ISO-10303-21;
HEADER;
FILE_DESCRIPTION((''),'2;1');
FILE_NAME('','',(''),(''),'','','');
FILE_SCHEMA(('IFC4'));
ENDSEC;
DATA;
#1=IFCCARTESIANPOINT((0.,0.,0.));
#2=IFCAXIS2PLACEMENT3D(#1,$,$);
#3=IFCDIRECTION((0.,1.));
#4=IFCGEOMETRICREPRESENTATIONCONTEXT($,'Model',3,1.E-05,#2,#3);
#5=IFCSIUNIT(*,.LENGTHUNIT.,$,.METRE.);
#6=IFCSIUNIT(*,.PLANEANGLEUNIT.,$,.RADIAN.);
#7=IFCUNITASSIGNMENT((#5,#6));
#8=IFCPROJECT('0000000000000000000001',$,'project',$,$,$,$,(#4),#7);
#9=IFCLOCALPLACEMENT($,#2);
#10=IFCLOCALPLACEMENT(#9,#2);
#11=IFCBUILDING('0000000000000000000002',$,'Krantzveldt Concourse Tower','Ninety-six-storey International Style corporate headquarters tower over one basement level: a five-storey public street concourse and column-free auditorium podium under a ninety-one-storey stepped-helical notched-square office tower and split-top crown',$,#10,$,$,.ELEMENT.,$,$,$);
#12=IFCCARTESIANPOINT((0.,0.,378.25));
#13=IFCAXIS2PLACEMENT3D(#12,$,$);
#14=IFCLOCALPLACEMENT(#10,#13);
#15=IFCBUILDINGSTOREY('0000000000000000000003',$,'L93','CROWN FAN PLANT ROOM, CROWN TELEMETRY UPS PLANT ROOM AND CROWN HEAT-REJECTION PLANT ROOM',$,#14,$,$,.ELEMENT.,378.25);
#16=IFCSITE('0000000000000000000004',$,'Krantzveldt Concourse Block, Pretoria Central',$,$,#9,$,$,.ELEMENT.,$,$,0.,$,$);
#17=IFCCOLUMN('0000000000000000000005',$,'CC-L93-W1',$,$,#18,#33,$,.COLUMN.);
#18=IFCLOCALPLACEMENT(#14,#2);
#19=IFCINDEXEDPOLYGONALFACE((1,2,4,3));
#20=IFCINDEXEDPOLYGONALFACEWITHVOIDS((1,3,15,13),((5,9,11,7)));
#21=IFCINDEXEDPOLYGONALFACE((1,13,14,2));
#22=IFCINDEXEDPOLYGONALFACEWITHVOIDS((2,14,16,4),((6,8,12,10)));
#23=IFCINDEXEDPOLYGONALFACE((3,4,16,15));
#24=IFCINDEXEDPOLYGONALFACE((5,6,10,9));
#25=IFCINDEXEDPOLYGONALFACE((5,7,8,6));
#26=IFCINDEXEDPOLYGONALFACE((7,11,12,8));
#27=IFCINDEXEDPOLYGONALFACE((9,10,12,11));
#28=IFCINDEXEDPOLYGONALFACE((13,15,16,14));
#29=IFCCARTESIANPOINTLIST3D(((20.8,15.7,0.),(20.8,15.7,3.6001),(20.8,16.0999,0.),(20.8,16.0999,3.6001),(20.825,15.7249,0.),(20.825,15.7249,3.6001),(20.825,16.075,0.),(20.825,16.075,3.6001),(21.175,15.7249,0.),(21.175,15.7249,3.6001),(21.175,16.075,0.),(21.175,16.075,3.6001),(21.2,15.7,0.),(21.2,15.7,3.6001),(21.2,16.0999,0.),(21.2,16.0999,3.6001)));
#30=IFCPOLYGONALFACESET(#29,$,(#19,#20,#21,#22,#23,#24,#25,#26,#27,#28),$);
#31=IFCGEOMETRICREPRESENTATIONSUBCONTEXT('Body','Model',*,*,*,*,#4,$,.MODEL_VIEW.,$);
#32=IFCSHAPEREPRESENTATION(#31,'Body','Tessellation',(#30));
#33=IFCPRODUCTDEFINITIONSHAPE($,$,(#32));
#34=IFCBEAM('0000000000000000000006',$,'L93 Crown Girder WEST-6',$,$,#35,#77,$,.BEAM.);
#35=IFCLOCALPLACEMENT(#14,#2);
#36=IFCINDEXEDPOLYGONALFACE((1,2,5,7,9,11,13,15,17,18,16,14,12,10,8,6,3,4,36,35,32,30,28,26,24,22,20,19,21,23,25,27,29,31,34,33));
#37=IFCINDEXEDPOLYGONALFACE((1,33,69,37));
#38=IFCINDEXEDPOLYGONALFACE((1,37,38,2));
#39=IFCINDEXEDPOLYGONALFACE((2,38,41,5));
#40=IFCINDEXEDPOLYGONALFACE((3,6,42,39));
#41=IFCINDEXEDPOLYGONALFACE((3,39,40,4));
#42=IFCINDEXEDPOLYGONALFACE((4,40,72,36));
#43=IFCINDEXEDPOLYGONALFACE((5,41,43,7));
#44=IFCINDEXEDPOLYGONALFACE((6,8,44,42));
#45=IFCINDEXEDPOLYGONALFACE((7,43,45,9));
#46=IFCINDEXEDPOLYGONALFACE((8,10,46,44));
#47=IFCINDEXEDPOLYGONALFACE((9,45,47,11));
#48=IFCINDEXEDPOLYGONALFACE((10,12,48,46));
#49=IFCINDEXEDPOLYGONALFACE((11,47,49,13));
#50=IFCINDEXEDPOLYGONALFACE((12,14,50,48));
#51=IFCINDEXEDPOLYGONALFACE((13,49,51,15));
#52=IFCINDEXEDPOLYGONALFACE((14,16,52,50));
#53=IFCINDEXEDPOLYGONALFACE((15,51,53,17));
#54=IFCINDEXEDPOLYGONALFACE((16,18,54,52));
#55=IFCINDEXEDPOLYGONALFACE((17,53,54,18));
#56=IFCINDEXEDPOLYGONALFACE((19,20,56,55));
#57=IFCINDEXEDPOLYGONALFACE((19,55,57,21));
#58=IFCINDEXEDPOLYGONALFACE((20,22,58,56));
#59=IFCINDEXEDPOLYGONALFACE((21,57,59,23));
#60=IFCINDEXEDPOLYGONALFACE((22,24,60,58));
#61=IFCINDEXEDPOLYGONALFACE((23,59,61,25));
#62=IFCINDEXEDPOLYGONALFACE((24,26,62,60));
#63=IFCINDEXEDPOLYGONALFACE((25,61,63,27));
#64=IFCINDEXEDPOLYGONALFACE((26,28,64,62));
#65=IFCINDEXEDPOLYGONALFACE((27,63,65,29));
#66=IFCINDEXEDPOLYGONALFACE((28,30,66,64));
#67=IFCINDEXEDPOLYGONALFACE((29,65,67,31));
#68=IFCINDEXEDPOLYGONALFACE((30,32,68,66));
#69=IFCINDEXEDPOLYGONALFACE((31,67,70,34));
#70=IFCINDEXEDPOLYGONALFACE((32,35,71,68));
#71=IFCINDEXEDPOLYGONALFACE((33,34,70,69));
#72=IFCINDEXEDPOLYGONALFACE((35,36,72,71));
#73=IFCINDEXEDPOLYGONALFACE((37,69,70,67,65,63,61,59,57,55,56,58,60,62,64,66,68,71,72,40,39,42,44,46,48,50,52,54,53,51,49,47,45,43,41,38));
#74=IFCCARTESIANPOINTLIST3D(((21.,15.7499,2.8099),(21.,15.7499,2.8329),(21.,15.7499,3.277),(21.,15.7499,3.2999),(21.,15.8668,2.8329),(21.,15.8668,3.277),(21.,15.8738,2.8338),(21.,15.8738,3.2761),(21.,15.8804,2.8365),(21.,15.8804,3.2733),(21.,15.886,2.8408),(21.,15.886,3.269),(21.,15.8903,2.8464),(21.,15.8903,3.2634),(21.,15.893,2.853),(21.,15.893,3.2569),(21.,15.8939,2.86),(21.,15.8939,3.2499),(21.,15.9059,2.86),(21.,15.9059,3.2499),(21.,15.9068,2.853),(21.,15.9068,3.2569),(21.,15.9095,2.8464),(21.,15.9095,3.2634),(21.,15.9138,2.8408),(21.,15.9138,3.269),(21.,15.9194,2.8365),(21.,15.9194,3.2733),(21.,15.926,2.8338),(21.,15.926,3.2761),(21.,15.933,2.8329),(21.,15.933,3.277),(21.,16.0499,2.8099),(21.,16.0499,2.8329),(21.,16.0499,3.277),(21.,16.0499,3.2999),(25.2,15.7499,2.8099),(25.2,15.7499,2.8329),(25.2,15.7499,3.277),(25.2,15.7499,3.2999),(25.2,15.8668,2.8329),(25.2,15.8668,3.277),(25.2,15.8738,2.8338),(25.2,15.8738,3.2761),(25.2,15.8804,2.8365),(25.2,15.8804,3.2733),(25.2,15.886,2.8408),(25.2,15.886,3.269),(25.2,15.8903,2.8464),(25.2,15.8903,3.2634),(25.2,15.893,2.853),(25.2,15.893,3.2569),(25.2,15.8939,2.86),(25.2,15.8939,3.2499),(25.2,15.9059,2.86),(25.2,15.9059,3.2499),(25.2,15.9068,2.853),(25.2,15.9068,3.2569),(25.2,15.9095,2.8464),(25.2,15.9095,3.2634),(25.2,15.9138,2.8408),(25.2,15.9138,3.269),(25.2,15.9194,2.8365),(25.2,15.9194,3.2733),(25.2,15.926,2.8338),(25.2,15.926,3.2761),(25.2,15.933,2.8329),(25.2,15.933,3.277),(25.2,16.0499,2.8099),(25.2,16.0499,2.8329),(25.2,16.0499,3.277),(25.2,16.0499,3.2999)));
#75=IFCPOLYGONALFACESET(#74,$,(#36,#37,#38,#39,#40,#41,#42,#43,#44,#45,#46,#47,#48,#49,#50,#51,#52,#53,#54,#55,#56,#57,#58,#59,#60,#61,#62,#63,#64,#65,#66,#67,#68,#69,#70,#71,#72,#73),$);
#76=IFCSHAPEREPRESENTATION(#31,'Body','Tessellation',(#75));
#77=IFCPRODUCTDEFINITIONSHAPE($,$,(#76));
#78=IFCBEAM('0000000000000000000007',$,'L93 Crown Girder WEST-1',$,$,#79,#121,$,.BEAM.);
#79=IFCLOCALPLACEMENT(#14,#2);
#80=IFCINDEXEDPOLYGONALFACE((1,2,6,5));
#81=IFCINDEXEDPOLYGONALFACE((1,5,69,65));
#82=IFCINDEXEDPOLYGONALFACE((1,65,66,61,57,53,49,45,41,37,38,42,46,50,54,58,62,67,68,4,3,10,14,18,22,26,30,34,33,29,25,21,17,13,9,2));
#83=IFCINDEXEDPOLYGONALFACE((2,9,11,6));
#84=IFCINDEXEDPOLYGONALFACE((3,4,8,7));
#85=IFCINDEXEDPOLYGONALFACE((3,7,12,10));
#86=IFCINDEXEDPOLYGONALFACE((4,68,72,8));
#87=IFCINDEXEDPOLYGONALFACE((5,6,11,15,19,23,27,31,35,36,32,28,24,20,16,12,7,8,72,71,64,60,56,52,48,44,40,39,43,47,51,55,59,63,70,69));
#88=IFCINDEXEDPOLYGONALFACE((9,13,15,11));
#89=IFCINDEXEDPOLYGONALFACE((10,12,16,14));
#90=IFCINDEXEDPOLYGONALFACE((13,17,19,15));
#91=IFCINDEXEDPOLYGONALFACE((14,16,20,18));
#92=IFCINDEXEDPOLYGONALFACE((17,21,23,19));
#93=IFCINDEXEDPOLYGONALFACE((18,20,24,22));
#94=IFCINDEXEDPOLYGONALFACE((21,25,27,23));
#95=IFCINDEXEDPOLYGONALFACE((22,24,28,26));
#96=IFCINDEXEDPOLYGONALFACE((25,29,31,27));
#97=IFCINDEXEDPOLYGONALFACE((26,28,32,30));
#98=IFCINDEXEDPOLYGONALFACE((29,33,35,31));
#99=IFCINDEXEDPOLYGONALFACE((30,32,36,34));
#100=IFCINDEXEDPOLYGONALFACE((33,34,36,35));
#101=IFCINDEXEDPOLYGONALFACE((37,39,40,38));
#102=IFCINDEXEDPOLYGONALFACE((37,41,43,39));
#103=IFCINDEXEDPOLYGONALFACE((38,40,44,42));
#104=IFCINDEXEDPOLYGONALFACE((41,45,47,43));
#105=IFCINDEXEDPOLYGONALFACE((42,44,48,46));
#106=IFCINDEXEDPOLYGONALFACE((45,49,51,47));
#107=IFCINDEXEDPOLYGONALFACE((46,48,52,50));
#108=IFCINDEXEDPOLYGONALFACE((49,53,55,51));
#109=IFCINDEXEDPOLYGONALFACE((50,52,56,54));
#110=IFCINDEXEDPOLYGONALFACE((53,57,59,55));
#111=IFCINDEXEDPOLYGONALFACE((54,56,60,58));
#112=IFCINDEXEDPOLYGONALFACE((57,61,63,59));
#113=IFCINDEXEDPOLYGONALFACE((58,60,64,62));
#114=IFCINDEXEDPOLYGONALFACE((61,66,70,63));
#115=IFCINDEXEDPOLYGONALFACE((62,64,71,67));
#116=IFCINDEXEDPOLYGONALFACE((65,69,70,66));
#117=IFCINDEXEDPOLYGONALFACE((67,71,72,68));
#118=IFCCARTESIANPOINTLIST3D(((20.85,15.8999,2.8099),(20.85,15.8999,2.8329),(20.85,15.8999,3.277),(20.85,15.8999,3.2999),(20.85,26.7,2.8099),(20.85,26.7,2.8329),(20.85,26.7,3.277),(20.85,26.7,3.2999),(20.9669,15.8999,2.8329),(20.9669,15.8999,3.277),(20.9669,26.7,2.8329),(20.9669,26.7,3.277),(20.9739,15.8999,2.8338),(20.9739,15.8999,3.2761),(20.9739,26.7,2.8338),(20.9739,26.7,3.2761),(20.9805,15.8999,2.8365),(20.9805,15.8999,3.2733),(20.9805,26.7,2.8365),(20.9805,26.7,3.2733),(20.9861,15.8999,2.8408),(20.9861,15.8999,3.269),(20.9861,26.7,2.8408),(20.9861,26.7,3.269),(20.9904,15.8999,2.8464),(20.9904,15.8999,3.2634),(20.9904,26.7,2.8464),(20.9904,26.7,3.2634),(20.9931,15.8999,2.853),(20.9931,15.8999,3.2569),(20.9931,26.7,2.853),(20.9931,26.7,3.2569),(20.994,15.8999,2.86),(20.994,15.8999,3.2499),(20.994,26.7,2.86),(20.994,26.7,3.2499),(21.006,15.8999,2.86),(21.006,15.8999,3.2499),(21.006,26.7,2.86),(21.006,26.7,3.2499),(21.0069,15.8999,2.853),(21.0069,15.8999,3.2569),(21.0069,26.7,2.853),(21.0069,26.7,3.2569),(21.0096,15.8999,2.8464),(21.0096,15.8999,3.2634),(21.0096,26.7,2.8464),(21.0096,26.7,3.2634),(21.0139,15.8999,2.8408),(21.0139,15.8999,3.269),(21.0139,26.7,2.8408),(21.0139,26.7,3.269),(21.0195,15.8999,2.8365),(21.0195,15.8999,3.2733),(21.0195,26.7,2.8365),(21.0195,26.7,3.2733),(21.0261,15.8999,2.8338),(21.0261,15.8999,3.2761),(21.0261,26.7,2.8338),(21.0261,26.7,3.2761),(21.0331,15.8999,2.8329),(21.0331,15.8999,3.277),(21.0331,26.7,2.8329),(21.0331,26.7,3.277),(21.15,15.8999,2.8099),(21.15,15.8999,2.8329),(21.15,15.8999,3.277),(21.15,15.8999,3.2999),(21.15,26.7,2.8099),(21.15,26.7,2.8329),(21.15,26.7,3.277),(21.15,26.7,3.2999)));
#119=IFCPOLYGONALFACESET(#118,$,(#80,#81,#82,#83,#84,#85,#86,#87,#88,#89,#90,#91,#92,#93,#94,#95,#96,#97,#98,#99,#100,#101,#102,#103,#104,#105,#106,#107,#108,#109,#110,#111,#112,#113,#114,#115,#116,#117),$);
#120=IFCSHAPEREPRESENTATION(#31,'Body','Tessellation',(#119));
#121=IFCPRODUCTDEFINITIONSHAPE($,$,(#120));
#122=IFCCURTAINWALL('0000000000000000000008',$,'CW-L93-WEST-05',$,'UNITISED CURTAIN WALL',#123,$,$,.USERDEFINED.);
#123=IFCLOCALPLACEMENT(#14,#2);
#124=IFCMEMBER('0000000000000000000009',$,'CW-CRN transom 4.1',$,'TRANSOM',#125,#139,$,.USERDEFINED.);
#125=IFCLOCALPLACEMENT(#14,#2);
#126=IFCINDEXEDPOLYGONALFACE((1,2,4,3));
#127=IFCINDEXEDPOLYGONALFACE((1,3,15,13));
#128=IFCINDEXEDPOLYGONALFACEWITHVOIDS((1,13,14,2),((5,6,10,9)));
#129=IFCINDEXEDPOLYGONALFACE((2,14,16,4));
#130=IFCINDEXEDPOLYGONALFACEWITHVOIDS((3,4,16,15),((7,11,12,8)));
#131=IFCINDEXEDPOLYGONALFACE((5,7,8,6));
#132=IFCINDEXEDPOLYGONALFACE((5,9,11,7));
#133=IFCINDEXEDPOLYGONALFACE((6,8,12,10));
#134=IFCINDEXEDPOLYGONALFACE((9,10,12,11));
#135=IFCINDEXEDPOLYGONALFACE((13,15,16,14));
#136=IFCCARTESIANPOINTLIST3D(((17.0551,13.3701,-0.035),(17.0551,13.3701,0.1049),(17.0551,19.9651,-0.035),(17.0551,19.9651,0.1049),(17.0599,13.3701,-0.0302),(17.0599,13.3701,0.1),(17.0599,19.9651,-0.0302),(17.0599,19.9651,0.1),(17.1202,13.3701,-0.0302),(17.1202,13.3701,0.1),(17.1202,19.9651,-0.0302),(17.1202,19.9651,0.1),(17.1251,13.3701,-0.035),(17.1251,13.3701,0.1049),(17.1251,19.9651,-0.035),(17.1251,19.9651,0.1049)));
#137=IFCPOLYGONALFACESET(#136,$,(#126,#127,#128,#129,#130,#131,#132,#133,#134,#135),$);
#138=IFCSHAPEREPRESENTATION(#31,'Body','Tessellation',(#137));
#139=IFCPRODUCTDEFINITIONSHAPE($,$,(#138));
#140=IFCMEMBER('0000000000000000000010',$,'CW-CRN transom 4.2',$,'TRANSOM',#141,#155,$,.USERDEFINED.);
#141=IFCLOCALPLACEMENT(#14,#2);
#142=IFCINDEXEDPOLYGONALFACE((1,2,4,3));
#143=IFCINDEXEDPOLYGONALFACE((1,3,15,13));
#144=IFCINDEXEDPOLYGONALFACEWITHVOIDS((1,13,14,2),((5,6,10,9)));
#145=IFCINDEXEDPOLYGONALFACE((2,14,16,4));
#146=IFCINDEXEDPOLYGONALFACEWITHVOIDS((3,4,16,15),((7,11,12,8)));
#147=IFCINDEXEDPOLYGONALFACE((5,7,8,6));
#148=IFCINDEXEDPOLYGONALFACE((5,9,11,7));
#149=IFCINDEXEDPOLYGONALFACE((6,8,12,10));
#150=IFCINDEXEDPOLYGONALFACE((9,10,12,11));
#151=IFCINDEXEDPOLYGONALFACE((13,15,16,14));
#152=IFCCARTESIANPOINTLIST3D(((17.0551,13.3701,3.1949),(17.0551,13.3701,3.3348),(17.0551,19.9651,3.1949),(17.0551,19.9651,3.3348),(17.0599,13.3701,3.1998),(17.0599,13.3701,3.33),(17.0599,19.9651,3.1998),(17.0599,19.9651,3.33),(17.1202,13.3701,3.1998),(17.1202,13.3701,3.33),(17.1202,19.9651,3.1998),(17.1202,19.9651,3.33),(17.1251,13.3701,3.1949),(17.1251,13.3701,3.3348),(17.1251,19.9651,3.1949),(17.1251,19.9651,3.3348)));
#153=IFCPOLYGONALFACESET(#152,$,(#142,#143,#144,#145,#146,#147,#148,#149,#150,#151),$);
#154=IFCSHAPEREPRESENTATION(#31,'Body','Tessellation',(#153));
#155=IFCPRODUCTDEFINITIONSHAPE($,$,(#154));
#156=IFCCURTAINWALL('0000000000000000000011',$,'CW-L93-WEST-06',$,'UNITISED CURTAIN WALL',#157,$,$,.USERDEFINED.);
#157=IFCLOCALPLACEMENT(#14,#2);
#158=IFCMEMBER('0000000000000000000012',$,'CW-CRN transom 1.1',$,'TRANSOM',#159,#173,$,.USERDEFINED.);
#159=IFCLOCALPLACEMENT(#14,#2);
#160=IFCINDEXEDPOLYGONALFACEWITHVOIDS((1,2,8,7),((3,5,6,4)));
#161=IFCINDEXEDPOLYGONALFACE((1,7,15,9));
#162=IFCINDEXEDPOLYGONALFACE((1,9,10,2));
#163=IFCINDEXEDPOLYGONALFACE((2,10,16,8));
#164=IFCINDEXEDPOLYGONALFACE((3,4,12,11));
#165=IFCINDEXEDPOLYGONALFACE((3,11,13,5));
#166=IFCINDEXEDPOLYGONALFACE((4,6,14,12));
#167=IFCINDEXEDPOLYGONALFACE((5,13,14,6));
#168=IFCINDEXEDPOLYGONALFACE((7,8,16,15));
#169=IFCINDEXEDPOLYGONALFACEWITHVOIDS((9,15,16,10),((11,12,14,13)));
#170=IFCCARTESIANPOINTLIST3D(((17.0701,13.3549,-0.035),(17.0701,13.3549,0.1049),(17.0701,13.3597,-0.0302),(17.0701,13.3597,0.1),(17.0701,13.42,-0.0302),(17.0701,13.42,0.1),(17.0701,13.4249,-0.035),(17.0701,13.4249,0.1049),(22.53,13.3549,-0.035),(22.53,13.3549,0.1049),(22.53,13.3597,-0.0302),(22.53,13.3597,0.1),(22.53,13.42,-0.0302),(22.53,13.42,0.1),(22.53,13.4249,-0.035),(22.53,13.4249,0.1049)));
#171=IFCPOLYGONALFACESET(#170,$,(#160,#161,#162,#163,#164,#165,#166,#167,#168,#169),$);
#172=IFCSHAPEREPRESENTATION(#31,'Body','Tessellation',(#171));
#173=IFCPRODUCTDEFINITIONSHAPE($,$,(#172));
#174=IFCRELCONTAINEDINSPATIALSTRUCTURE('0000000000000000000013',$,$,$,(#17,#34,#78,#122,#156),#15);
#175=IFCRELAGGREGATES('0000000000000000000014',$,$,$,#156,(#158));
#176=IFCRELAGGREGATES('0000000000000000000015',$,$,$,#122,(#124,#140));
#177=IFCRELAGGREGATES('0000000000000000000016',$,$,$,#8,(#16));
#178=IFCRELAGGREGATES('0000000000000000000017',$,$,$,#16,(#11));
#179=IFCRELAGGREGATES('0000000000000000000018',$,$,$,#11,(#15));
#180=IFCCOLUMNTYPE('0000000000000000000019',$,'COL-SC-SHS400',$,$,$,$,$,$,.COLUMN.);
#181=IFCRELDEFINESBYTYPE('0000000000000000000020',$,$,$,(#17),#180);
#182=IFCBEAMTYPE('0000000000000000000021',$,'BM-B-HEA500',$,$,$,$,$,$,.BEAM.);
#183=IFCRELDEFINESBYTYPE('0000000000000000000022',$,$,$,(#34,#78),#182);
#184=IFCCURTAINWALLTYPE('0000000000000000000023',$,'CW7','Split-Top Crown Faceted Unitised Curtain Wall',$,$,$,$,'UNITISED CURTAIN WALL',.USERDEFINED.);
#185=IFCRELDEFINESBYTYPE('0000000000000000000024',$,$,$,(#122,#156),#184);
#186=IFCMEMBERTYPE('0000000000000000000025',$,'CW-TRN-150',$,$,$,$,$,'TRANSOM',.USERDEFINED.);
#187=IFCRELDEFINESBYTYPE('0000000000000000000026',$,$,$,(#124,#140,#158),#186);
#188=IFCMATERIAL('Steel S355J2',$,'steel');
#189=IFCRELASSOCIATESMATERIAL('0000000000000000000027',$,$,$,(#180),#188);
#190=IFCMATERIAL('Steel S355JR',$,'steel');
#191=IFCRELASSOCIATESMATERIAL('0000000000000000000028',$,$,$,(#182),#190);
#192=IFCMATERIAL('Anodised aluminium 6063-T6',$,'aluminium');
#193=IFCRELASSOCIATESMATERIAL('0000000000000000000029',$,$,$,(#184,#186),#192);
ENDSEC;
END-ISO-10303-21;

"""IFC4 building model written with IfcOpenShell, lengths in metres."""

from ifc_helpers import new_model, si_unit, direction, frame, origin, origin_2d, place, context, subcontext, project, spatial, hollow_rectangle, i_section, extrude, source, transform, mapped, material, material_profile, profile_set, type_object, type_shapes, element, aggregate, save


model = new_model("IFC4")

# Units and contexts
model_context = context("Model", 3, precision=1e-05, world=origin(), true_north=direction((0.0, 1.0)))
body_context = subcontext(model_context, "Body", "Model", "MODEL_VIEW")
ifc_project = project(units=[si_unit("LENGTHUNIT", "METRE"), si_unit("PLANEANGLEUNIT", "RADIAN")], contexts=[model_context])

# Site, building, storey
site_placement = place(None, origin())
site = spatial("IfcSite", under=ifc_project, at=site_placement, Name="Krantzveldt Concourse Block, Pretoria Central", CompositionType="ELEMENT", RefElevation=0.0)
building_placement = place(site_placement, origin())
building = spatial("IfcBuilding", under=site, at=building_placement, Name="Krantzveldt Concourse Tower", Description="Ninety-six-storey International Style corporate headquarters tower over one basement level: a five-storey public street concourse and column-free auditorium podium under a ninety-one-storey stepped-helical notched-square office tower and split-top crown", CompositionType="ELEMENT")
storey_placement = place(building_placement, frame((0.0, 0.0, 378.25)))
storey = spatial("IfcBuildingStorey", under=building, at=storey_placement, Name="L93", Description="CROWN FAN PLANT ROOM, CROWN TELEMETRY UPS PLANT ROOM AND CROWN HEAT-REJECTION PLANT ROOM", CompositionType="ELEMENT", Elevation=378.25)

# Column
ifc_material_1 = material(Name="Steel S355J2", Category="steel")
ifc_material_profile_1 = material_profile(ifc_material_1, hollow_rectangle(XDim=0.3999, YDim=0.3999, WallThickness=0.0249, at=origin_2d()), Name="Steel S355J2", Category="steel")
ifc_profile_set_1 = profile_set([ifc_material_profile_1], Name="Steel S355J2 - SHS 400x400x25")
column_type = type_object("IfcColumnType", Name="COL-SC-SHS400", PredefinedType="COLUMN", material=ifc_profile_set_1)
shared_shape_1 = source(origin(), body_context, "Body", "SweptSolid", [
    extrude(hollow_rectangle(XDim=0.3999, YDim=0.3999, WallThickness=0.0249, at=origin_2d()), origin(), (0.0, 0.0, 1.0), 3.6001),
])
type_shapes(column_type, [shared_shape_1])
column_placement = place(storey_placement, frame((21.0, 15.8999, 0.0), z_axis=(0.0, 0.0, 1.0), x_axis=(1.0, 0.0, 0.0)))
element("IfcColumn", 1, at=column_placement, inside=storey, type_object=column_type, Name="CC-L93-W1", PredefinedType="COLUMN", context=body_context, shape_type="MappedRepresentation", body=[
    mapped(shared_shape_1, transform((0.0, 0.0, 0.0), x_axis=(1.0, 0.0, 0.0), y_axis=(0.0, 1.0, 0.0), z_axis=(0.0, 0.0, 1.0), scale=1.0)),
])

# Beams
ifc_material_2 = material(Name="Steel S355JR", Category="steel")
ifc_material_profile_2 = material_profile(ifc_material_2, i_section(OverallWidth=0.3, OverallDepth=0.49, WebThickness=0.012, FlangeThickness=0.0229, FilletRadius=0.0271, at=origin_2d()), Name="Steel S355JR", Category="steel")
ifc_profile_set_2 = profile_set([ifc_material_profile_2], Name="Steel S355JR - HEA 500")
beam_type = type_object("IfcBeamType", Name="BM-B-HEA500", PredefinedType="BEAM", material=ifc_profile_set_2)
shared_shape_2 = source(origin(), body_context, "Body", "SweptSolid", [
    extrude(i_section(OverallWidth=0.3, OverallDepth=0.49, WebThickness=0.012, FlangeThickness=0.0229, FilletRadius=0.0271, at=origin_2d()), origin(), (0.0, 0.0, 1.0), 4.2),
])
beam_1_placement = place(storey_placement, frame((21.0, 15.8999, 3.0549), z_axis=(1.0, 0.0, 0.0), x_axis=(0.0, 1.0, 0.0)))
element("IfcBeam", 2, at=beam_1_placement, inside=storey, type_object=beam_type, Name="L93 Crown Girder WEST-6", PredefinedType="BEAM", context=body_context, shape_type="MappedRepresentation", body=[
    mapped(shared_shape_2, transform((0.0, 0.0, 0.0), x_axis=(1.0, 0.0, 0.0), y_axis=(0.0, 1.0, 0.0), z_axis=(0.0, 0.0, 1.0), scale=1.0)),
])
shared_shape_3 = source(origin(), body_context, "Body", "SweptSolid", [
    extrude(i_section(OverallWidth=0.3, OverallDepth=0.49, WebThickness=0.012, FlangeThickness=0.0229, FilletRadius=0.0271, at=origin_2d()), origin(), (0.0, 0.0, 1.0), 10.8),
])
type_shapes(beam_type, [shared_shape_2, shared_shape_3])
beam_2_placement = place(storey_placement, frame((21.0, 15.8999, 3.0549), z_axis=(0.0, 1.0, 0.0), x_axis=(-1.0, 0.0, 0.0)))
element("IfcBeam", 3, at=beam_2_placement, inside=storey, type_object=beam_type, Name="L93 Crown Girder WEST-1", PredefinedType="BEAM", context=body_context, shape_type="MappedRepresentation", body=[
    mapped(shared_shape_3, transform((0.0, 0.0, 0.0), x_axis=(1.0, 0.0, 0.0), y_axis=(0.0, 1.0, 0.0), z_axis=(0.0, 0.0, 1.0), scale=1.0)),
])

# Curtain walls, members
ifc_material_3 = material(Name="Anodised aluminium 6063-T6", Category="aluminium")
curtain_wall_type = type_object("IfcCurtainWallType", Name="CW7", Description="Split-Top Crown Faceted Unitised Curtain Wall", ElementType="UNITISED CURTAIN WALL", PredefinedType="USERDEFINED", material=ifc_material_3)
curtain_wall_1_placement = place(storey_placement, origin())
curtain_wall_1 = element("IfcCurtainWall", 4, at=curtain_wall_1_placement, inside=storey, type_object=curtain_wall_type, Name="CW-L93-WEST-05", ObjectType="UNITISED CURTAIN WALL", PredefinedType="USERDEFINED")
ifc_material_profile_3 = material_profile(ifc_material_3, hollow_rectangle(XDim=0.0701, YDim=0.1399, WallThickness=0.0049, at=origin_2d()), Name="Anodised aluminium 6063-T6", Category="aluminium")
ifc_profile_set_3 = profile_set([ifc_material_profile_3], Name="Anodised aluminium 6063-T6 - ALU-TRAN 140x70x5")
member_type_1 = type_object("IfcMemberType", Name="CW-TRN-150", ElementType="TRANSOM", PredefinedType="USERDEFINED", material=ifc_profile_set_3)
shared_shape_4 = source(origin(), body_context, "Body", "SweptSolid", [
    extrude(hollow_rectangle(XDim=0.0701, YDim=0.1399, WallThickness=0.0049, at=origin_2d()), origin(), (0.0, 0.0, 1.0), 6.595),
])
member_1_placement = place(storey_placement, frame((17.0901, 19.9651, 0.0349), z_axis=(0.0, -1.0, 0.0), x_axis=(1.0, 0.0, 0.0)))
member_1 = element("IfcMember", 5, at=member_1_placement, type_object=member_type_1, Name="CW-CRN transom 4.1", ObjectType="TRANSOM", PredefinedType="USERDEFINED", context=body_context, shape_type="MappedRepresentation", body=[
    mapped(shared_shape_4, transform((0.0, 0.0, 0.0), x_axis=(1.0, 0.0, 0.0), y_axis=(0.0, 1.0, 0.0), z_axis=(0.0, 0.0, 1.0), scale=1.0)),
])
member_2_placement = place(storey_placement, frame((17.0901, 19.9651, 3.2649), z_axis=(0.0, -1.0, 0.0), x_axis=(1.0, 0.0, 0.0)))
member_2 = element("IfcMember", 6, at=member_2_placement, type_object=member_type_1, Name="CW-CRN transom 4.2", ObjectType="TRANSOM", PredefinedType="USERDEFINED", context=body_context, shape_type="MappedRepresentation", body=[
    mapped(shared_shape_4, transform((0.0, 0.0, 0.0), x_axis=(1.0, 0.0, 0.0), y_axis=(0.0, 1.0, 0.0), z_axis=(0.0, 0.0, 1.0), scale=1.0)),
])
curtain_wall_2_placement = place(storey_placement, origin())
curtain_wall_2 = element("IfcCurtainWall", 7, at=curtain_wall_2_placement, inside=storey, type_object=curtain_wall_type, Name="CW-L93-WEST-06", ObjectType="UNITISED CURTAIN WALL", PredefinedType="USERDEFINED")
shared_shape_5 = source(origin(), body_context, "Body", "SweptSolid", [
    extrude(hollow_rectangle(XDim=0.0701, YDim=0.1399, WallThickness=0.0049, at=origin_2d()), origin(), (0.0, 0.0, 1.0), 5.46),
])
member_3_placement = place(storey_placement, frame((17.0701, 13.3899, 0.0349), z_axis=(1.0, 0.0, 0.0), x_axis=(0.0, 1.0, 0.0)))
member_3 = element("IfcMember", 8, at=member_3_placement, type_object=member_type_1, Name="CW-CRN transom 1.1", ObjectType="TRANSOM", PredefinedType="USERDEFINED", context=body_context, shape_type="MappedRepresentation", body=[
    mapped(shared_shape_5, transform((0.0, 0.0, 0.0), x_axis=(1.0, 0.0, 0.0), y_axis=(0.0, 1.0, 0.0), z_axis=(0.0, 0.0, 1.0), scale=1.0)),
])

aggregate(curtain_wall_2, [member_3])
aggregate(curtain_wall_1, [member_1, member_2])

save(model, "model.ifc")
